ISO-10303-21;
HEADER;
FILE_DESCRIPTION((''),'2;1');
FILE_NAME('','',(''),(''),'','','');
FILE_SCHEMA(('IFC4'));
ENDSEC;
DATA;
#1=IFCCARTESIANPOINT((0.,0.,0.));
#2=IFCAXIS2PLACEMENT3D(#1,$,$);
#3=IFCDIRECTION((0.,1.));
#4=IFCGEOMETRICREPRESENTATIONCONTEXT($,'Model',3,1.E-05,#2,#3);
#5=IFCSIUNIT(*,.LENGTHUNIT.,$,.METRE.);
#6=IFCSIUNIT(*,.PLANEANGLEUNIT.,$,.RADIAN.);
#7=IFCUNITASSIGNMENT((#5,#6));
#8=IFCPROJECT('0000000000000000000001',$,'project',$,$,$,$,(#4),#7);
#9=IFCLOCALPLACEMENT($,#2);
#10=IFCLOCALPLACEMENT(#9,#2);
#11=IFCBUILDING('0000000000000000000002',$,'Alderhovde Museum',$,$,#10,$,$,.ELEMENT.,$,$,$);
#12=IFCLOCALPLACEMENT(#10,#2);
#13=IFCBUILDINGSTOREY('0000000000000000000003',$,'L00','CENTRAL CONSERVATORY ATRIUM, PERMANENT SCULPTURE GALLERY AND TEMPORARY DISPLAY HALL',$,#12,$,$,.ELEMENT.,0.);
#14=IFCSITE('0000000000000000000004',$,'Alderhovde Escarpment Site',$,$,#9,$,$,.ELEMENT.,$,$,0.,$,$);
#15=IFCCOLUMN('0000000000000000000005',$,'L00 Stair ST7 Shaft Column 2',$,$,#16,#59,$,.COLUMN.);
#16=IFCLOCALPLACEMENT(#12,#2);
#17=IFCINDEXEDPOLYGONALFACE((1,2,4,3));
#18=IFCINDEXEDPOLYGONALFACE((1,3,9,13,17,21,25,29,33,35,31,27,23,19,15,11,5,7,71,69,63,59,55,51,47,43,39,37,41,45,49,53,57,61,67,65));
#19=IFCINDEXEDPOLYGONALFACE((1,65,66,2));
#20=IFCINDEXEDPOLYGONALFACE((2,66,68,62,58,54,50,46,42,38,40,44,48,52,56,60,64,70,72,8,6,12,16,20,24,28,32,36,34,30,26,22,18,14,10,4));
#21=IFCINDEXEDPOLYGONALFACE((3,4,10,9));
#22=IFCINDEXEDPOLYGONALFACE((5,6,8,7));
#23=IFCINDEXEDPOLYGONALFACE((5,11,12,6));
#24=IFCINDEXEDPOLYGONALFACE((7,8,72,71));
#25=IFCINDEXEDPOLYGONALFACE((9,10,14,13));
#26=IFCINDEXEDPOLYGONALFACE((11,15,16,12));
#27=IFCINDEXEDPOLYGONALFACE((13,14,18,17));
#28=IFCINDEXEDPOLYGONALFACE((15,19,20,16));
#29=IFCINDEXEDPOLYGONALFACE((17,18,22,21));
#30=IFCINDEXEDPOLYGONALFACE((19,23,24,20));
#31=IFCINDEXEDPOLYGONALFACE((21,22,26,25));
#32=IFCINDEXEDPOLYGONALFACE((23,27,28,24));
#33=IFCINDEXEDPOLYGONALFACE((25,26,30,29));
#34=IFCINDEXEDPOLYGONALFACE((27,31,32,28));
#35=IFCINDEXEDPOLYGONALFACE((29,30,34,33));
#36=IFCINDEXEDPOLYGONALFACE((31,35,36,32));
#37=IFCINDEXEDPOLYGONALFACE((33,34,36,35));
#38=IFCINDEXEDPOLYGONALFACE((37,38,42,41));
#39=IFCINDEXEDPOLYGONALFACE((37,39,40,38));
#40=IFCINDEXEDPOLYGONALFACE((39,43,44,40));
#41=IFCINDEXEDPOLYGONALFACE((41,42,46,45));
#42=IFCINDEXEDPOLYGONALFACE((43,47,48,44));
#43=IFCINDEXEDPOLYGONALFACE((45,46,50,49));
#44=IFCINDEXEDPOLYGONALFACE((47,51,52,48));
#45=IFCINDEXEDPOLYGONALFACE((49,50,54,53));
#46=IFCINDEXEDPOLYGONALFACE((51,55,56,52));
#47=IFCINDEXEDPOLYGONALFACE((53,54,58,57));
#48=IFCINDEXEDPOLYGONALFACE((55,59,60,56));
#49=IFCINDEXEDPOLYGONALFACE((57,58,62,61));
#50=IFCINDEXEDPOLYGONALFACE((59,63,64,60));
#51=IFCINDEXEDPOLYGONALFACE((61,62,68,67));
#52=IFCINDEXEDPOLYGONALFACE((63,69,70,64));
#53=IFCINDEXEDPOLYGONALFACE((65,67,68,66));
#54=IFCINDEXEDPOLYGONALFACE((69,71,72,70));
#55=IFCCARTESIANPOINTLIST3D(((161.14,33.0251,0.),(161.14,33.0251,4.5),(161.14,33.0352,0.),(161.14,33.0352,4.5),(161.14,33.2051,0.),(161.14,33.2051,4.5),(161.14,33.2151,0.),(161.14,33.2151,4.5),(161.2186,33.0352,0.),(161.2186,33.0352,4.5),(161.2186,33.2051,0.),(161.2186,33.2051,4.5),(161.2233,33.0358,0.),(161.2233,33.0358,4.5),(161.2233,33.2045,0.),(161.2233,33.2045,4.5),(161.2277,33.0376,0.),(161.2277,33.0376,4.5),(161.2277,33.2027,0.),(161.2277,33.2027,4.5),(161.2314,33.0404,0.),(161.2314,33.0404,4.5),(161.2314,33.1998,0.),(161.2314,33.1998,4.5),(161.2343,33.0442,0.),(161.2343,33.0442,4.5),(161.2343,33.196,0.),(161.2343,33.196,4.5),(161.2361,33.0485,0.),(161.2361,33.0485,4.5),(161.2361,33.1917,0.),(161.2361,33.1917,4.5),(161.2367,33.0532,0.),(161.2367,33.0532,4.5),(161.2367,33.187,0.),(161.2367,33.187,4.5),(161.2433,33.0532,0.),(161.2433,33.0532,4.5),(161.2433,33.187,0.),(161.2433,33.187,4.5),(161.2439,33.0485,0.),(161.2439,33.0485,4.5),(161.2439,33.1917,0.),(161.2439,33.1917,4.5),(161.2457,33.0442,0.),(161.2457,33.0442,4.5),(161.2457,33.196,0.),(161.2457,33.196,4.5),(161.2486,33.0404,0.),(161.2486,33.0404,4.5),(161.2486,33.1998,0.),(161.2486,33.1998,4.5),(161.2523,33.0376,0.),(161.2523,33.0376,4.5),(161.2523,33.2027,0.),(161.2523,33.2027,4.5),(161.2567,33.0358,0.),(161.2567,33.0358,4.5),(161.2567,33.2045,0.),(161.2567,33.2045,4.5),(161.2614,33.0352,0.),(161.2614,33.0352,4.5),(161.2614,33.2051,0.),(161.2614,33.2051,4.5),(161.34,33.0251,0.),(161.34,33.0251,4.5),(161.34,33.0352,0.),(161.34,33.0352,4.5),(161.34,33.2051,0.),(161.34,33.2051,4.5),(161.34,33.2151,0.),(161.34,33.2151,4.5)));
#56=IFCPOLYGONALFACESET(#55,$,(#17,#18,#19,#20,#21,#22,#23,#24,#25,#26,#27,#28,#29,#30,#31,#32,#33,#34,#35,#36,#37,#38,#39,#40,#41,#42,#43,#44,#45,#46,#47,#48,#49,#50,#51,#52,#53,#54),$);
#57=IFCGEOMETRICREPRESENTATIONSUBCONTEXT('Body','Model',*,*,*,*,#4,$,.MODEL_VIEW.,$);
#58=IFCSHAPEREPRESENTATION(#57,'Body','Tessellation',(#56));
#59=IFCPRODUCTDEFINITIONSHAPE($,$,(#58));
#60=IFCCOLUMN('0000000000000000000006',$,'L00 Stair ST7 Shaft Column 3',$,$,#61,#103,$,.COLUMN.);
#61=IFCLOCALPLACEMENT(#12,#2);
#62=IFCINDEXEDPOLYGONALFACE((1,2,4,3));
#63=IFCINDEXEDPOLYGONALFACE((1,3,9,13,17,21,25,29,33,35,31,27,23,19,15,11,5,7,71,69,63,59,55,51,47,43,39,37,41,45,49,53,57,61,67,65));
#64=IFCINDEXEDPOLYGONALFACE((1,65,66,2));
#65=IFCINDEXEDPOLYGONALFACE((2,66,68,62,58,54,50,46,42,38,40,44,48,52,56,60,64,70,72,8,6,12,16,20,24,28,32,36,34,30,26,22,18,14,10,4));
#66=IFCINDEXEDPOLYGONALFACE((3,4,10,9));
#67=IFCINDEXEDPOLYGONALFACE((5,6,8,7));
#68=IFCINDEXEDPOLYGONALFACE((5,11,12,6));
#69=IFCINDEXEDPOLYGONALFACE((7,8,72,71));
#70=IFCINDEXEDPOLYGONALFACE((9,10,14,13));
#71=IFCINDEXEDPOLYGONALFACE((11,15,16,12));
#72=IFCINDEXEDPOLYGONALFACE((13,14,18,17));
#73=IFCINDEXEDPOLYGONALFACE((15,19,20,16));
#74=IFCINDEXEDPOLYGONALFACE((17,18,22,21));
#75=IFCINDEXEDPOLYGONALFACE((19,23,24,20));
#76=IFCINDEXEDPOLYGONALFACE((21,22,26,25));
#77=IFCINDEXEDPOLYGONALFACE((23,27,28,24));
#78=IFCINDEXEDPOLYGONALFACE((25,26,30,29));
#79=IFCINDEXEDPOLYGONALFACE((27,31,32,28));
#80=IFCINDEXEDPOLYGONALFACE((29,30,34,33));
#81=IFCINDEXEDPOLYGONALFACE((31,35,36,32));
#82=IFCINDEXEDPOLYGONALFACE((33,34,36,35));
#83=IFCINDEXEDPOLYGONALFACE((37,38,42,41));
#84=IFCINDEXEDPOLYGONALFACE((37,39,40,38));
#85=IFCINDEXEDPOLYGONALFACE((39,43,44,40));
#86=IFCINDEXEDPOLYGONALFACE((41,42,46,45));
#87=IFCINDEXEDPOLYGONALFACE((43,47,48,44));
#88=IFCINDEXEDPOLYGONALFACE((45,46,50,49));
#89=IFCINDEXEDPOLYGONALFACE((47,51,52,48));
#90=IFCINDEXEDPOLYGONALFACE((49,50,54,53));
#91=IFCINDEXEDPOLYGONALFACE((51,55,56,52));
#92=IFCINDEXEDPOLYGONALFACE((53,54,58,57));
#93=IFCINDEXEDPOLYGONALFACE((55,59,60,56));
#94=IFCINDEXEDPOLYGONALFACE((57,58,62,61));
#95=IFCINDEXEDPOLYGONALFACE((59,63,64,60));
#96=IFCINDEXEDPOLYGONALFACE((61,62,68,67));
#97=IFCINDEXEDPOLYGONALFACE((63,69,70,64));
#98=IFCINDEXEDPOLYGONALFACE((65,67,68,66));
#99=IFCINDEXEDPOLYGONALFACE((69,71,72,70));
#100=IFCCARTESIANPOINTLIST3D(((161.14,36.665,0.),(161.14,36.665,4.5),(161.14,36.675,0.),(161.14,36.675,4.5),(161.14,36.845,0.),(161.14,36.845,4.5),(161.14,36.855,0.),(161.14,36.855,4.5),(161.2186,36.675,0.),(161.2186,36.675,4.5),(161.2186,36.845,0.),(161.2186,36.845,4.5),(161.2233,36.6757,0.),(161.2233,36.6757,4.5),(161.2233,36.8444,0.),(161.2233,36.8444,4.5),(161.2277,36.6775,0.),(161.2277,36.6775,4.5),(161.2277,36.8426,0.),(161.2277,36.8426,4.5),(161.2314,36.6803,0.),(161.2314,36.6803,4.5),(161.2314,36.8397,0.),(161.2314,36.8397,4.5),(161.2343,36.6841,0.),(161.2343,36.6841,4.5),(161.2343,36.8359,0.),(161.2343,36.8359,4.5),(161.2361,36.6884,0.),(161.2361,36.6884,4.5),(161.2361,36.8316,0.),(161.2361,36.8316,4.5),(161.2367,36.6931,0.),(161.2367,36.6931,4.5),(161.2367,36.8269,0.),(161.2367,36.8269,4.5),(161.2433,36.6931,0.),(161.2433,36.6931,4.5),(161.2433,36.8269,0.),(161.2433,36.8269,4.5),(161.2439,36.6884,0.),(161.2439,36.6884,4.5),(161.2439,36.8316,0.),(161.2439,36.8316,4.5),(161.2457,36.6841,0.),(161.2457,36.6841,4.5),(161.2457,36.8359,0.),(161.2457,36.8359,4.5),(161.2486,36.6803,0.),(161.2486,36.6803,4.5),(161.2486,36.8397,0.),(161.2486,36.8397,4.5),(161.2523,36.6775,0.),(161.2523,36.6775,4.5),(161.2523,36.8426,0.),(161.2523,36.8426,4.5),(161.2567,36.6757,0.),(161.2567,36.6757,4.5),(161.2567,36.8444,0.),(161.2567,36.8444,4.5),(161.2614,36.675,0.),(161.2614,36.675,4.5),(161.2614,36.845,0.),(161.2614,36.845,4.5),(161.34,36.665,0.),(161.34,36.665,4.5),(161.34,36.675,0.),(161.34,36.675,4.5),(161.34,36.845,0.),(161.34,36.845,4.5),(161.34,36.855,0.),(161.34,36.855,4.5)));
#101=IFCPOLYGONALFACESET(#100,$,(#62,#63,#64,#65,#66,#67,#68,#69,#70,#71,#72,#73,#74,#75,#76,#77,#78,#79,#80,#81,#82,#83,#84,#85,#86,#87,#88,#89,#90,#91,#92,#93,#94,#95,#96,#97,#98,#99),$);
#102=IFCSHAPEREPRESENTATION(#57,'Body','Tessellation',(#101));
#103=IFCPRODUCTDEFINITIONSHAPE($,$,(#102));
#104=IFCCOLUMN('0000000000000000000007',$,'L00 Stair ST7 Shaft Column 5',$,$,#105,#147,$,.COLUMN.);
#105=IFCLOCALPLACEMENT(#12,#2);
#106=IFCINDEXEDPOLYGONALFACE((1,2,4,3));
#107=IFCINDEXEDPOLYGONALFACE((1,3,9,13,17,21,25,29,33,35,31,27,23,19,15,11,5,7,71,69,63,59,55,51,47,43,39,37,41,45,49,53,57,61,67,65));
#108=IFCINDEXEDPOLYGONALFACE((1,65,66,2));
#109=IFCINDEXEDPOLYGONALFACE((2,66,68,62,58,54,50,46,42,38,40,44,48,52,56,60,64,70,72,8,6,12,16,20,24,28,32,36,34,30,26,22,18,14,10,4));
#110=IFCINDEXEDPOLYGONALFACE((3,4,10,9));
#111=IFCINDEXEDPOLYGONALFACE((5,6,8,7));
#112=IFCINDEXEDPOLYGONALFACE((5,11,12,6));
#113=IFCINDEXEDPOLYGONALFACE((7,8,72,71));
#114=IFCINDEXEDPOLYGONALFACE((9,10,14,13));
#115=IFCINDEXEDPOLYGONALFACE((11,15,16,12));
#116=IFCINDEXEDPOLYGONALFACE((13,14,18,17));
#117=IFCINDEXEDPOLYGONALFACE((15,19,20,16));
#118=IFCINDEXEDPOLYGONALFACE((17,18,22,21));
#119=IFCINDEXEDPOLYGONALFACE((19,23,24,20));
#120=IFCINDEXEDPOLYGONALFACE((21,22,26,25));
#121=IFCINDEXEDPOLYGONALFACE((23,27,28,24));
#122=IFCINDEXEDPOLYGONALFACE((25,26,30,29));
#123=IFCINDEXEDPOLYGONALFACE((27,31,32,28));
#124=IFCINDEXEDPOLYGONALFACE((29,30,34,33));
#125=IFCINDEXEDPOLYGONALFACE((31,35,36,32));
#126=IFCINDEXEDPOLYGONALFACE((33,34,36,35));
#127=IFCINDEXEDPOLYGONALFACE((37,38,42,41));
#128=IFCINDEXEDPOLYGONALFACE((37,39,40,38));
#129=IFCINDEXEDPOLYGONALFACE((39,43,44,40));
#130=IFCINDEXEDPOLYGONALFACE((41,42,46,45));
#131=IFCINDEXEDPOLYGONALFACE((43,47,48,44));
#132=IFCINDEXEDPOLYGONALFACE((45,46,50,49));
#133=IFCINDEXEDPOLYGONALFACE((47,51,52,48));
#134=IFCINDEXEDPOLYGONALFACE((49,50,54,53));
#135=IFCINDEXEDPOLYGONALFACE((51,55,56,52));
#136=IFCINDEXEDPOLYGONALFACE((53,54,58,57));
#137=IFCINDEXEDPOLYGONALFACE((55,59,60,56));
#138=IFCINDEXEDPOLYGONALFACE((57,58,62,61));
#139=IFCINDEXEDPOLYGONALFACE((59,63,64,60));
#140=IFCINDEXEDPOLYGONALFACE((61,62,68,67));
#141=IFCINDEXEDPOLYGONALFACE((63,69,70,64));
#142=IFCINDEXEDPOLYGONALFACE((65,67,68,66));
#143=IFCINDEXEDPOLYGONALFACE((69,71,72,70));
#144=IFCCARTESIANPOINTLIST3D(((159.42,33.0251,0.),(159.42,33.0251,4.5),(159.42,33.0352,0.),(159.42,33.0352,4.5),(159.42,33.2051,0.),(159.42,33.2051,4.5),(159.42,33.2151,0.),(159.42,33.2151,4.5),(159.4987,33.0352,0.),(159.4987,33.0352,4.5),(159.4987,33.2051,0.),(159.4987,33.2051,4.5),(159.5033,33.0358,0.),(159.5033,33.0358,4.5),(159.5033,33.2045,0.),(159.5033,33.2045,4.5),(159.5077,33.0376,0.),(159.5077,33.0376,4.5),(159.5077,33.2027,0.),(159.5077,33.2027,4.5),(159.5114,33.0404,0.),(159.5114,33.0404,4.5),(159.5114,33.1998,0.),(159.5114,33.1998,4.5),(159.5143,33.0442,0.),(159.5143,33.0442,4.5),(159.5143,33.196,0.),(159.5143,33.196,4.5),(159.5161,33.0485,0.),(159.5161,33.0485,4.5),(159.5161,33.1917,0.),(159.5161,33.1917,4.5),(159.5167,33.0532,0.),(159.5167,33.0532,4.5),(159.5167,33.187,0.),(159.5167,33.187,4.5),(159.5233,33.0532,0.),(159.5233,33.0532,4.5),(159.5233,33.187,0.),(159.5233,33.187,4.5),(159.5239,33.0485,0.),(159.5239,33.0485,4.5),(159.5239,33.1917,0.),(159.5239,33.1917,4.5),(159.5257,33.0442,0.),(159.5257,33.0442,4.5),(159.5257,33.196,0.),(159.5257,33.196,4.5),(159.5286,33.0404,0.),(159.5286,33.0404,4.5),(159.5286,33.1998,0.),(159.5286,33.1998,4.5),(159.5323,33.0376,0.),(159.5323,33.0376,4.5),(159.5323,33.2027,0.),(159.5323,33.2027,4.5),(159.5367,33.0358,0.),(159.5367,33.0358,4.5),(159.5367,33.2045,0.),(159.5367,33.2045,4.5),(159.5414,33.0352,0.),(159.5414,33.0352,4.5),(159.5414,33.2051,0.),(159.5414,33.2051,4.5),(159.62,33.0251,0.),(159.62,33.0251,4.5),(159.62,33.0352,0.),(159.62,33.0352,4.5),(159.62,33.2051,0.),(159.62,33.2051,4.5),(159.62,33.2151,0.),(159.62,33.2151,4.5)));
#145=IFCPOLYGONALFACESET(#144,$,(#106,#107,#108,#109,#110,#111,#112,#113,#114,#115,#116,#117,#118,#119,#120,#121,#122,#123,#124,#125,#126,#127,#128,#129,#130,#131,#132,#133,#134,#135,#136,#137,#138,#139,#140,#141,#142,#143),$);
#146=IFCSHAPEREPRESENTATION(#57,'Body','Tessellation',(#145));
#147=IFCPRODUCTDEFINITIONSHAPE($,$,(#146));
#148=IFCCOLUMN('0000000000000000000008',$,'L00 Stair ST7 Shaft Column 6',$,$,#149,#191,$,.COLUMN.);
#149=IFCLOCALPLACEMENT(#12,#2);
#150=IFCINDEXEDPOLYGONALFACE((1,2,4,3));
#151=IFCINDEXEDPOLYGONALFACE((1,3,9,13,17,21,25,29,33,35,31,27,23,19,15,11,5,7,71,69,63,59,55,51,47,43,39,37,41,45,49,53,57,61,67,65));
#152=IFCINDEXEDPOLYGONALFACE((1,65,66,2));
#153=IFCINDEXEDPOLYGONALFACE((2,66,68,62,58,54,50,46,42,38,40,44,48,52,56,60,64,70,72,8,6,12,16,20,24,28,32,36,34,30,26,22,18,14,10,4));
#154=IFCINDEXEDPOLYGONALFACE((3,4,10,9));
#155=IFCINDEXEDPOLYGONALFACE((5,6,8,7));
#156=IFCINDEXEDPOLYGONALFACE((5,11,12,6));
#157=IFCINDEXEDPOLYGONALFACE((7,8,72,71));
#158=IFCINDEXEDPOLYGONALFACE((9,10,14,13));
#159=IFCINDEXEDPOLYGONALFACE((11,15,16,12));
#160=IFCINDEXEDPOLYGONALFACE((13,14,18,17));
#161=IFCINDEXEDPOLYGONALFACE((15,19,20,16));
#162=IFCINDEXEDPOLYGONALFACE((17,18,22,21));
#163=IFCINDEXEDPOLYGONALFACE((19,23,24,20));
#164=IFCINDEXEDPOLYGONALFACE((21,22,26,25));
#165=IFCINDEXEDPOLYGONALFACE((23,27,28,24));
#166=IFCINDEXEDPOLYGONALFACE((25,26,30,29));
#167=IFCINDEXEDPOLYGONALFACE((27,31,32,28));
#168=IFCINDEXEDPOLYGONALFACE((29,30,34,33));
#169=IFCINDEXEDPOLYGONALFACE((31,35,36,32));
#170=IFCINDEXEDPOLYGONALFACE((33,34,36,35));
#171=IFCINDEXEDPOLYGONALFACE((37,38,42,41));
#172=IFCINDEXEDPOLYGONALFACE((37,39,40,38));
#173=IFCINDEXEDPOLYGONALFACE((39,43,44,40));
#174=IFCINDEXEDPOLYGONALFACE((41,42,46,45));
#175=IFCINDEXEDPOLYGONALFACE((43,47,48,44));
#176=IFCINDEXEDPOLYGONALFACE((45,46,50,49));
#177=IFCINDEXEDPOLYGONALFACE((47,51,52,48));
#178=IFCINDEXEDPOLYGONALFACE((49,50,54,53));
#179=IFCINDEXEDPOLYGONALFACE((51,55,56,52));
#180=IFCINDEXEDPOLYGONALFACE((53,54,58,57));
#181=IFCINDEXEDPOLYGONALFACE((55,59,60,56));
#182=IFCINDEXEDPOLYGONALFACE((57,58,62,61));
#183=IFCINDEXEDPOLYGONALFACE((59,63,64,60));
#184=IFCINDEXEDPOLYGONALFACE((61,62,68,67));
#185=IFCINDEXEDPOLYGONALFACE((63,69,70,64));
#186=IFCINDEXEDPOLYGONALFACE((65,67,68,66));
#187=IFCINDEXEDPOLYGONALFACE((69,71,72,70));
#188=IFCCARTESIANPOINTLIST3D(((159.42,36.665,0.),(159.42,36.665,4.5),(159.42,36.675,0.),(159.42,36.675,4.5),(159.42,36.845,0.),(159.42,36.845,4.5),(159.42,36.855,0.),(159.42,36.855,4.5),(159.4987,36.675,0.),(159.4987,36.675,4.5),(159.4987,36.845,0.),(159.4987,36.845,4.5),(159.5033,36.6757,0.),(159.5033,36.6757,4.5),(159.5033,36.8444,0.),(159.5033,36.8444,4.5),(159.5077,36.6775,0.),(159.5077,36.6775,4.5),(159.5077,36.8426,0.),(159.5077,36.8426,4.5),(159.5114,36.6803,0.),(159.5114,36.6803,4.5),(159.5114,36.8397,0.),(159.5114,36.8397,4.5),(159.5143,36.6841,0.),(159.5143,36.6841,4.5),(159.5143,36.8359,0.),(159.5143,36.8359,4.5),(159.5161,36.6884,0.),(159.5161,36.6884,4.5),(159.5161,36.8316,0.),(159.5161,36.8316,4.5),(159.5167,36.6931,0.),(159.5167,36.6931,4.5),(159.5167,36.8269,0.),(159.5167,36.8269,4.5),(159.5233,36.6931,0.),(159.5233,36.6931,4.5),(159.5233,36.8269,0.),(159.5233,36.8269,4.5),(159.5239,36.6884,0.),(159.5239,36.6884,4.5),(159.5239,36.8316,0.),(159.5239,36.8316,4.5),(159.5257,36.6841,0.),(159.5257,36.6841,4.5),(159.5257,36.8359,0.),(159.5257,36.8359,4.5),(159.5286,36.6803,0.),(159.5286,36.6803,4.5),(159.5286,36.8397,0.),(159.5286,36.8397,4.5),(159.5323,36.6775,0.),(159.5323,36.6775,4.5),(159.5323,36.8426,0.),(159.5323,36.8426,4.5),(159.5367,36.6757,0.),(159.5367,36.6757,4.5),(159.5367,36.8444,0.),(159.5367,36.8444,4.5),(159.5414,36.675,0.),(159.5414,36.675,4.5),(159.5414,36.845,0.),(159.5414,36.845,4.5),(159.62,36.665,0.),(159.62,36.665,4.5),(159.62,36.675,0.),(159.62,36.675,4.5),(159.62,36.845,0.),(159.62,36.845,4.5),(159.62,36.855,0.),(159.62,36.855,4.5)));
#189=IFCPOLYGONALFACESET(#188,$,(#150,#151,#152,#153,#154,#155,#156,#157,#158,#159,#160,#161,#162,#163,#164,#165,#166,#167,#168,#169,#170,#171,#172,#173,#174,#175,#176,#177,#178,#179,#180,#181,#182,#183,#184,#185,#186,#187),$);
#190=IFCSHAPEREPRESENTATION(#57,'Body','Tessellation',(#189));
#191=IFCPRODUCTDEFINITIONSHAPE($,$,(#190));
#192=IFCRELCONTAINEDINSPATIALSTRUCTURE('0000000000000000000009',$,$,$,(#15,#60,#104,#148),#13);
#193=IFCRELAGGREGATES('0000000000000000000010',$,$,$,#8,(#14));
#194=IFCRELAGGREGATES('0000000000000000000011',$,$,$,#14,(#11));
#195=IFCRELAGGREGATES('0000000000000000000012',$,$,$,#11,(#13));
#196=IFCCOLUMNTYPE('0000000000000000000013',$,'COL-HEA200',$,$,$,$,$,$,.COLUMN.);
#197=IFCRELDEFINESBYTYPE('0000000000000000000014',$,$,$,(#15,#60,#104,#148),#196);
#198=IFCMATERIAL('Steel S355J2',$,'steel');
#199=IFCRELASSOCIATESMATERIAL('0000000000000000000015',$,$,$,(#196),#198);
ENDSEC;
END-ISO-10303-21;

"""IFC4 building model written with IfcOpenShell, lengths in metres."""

from ifc_helpers import new_model, si_unit, direction, frame, origin, origin_2d, place, context, subcontext, project, spatial, i_section, extrude, material, material_profile, profile_set, type_object, element, save


model = new_model("IFC4")

# Units and contexts
model_context = context("Model", 3, precision=1e-05, world=origin(), true_north=direction((0.0, 1.0)))
body_context = subcontext(model_context, "Body", "Model", "MODEL_VIEW")
ifc_project = project(units=[si_unit("LENGTHUNIT", "METRE"), si_unit("PLANEANGLEUNIT", "RADIAN")], contexts=[model_context])

# Site, building, storey
site_placement = place(None, origin())
site = spatial("IfcSite", under=ifc_project, at=site_placement, Name="Alderhovde Escarpment Site", CompositionType="ELEMENT", RefElevation=0.0)
building_placement = place(site_placement, origin())
building = spatial("IfcBuilding", under=site, at=building_placement, Name="Alderhovde Museum", CompositionType="ELEMENT")
storey_placement = place(building_placement, origin())
storey = spatial("IfcBuildingStorey", under=building, at=storey_placement, Name="L00", Description="CENTRAL CONSERVATORY ATRIUM, PERMANENT SCULPTURE GALLERY AND TEMPORARY DISPLAY HALL", CompositionType="ELEMENT", Elevation=0.0)

# Columns
ifc_material_1 = material(Name="Steel S355J2", Category="steel")
ifc_material_profile_1 = material_profile(ifc_material_1, i_section(OverallWidth=0.2, OverallDepth=0.1899, WebThickness=0.0066, FlangeThickness=0.01, FilletRadius=0.0181, at=origin_2d()), Name="HEA 200")
ifc_profile_set_1 = profile_set([ifc_material_profile_1], Name="Steel S355J2")
column_type_1 = type_object("IfcColumnType", Name="COL-HEA200", PredefinedType="COLUMN", material=ifc_profile_set_1)
for number, where, z_axis, x_axis, name in (
    (1, (161.24, 33.1201, 0.0), (0.0, 0.0, 1.0), (1.0, 0.0, 0.0), "L00 Stair ST7 Shaft Column 2"),
    (2, (161.24, 36.76, 0.0), (0.0, 0.0, 1.0), (1.0, 0.0, 0.0), "L00 Stair ST7 Shaft Column 3"),
    (3, (159.52, 33.1201, 0.0), (0.0, 0.0, 1.0), (1.0, 0.0, 0.0), "L00 Stair ST7 Shaft Column 5"),
    (4, (159.52, 36.76, 0.0), (0.0, 0.0, 1.0), (1.0, 0.0, 0.0), "L00 Stair ST7 Shaft Column 6"),
):
    element("IfcColumn", number, at=place(storey_placement, frame(where, z_axis=z_axis, x_axis=x_axis)), inside=storey, type_object=column_type_1, Name=name, PredefinedType="COLUMN", context=body_context, shape_type="SweptSolid", body=[
        extrude(i_section(OverallWidth=0.2, OverallDepth=0.1899, WebThickness=0.0066, FlangeThickness=0.01, FilletRadius=0.0181, at=origin_2d()), origin(), (0.0, 0.0, 1.0), 4.5),
    ])

save(model, "model.ifc")
